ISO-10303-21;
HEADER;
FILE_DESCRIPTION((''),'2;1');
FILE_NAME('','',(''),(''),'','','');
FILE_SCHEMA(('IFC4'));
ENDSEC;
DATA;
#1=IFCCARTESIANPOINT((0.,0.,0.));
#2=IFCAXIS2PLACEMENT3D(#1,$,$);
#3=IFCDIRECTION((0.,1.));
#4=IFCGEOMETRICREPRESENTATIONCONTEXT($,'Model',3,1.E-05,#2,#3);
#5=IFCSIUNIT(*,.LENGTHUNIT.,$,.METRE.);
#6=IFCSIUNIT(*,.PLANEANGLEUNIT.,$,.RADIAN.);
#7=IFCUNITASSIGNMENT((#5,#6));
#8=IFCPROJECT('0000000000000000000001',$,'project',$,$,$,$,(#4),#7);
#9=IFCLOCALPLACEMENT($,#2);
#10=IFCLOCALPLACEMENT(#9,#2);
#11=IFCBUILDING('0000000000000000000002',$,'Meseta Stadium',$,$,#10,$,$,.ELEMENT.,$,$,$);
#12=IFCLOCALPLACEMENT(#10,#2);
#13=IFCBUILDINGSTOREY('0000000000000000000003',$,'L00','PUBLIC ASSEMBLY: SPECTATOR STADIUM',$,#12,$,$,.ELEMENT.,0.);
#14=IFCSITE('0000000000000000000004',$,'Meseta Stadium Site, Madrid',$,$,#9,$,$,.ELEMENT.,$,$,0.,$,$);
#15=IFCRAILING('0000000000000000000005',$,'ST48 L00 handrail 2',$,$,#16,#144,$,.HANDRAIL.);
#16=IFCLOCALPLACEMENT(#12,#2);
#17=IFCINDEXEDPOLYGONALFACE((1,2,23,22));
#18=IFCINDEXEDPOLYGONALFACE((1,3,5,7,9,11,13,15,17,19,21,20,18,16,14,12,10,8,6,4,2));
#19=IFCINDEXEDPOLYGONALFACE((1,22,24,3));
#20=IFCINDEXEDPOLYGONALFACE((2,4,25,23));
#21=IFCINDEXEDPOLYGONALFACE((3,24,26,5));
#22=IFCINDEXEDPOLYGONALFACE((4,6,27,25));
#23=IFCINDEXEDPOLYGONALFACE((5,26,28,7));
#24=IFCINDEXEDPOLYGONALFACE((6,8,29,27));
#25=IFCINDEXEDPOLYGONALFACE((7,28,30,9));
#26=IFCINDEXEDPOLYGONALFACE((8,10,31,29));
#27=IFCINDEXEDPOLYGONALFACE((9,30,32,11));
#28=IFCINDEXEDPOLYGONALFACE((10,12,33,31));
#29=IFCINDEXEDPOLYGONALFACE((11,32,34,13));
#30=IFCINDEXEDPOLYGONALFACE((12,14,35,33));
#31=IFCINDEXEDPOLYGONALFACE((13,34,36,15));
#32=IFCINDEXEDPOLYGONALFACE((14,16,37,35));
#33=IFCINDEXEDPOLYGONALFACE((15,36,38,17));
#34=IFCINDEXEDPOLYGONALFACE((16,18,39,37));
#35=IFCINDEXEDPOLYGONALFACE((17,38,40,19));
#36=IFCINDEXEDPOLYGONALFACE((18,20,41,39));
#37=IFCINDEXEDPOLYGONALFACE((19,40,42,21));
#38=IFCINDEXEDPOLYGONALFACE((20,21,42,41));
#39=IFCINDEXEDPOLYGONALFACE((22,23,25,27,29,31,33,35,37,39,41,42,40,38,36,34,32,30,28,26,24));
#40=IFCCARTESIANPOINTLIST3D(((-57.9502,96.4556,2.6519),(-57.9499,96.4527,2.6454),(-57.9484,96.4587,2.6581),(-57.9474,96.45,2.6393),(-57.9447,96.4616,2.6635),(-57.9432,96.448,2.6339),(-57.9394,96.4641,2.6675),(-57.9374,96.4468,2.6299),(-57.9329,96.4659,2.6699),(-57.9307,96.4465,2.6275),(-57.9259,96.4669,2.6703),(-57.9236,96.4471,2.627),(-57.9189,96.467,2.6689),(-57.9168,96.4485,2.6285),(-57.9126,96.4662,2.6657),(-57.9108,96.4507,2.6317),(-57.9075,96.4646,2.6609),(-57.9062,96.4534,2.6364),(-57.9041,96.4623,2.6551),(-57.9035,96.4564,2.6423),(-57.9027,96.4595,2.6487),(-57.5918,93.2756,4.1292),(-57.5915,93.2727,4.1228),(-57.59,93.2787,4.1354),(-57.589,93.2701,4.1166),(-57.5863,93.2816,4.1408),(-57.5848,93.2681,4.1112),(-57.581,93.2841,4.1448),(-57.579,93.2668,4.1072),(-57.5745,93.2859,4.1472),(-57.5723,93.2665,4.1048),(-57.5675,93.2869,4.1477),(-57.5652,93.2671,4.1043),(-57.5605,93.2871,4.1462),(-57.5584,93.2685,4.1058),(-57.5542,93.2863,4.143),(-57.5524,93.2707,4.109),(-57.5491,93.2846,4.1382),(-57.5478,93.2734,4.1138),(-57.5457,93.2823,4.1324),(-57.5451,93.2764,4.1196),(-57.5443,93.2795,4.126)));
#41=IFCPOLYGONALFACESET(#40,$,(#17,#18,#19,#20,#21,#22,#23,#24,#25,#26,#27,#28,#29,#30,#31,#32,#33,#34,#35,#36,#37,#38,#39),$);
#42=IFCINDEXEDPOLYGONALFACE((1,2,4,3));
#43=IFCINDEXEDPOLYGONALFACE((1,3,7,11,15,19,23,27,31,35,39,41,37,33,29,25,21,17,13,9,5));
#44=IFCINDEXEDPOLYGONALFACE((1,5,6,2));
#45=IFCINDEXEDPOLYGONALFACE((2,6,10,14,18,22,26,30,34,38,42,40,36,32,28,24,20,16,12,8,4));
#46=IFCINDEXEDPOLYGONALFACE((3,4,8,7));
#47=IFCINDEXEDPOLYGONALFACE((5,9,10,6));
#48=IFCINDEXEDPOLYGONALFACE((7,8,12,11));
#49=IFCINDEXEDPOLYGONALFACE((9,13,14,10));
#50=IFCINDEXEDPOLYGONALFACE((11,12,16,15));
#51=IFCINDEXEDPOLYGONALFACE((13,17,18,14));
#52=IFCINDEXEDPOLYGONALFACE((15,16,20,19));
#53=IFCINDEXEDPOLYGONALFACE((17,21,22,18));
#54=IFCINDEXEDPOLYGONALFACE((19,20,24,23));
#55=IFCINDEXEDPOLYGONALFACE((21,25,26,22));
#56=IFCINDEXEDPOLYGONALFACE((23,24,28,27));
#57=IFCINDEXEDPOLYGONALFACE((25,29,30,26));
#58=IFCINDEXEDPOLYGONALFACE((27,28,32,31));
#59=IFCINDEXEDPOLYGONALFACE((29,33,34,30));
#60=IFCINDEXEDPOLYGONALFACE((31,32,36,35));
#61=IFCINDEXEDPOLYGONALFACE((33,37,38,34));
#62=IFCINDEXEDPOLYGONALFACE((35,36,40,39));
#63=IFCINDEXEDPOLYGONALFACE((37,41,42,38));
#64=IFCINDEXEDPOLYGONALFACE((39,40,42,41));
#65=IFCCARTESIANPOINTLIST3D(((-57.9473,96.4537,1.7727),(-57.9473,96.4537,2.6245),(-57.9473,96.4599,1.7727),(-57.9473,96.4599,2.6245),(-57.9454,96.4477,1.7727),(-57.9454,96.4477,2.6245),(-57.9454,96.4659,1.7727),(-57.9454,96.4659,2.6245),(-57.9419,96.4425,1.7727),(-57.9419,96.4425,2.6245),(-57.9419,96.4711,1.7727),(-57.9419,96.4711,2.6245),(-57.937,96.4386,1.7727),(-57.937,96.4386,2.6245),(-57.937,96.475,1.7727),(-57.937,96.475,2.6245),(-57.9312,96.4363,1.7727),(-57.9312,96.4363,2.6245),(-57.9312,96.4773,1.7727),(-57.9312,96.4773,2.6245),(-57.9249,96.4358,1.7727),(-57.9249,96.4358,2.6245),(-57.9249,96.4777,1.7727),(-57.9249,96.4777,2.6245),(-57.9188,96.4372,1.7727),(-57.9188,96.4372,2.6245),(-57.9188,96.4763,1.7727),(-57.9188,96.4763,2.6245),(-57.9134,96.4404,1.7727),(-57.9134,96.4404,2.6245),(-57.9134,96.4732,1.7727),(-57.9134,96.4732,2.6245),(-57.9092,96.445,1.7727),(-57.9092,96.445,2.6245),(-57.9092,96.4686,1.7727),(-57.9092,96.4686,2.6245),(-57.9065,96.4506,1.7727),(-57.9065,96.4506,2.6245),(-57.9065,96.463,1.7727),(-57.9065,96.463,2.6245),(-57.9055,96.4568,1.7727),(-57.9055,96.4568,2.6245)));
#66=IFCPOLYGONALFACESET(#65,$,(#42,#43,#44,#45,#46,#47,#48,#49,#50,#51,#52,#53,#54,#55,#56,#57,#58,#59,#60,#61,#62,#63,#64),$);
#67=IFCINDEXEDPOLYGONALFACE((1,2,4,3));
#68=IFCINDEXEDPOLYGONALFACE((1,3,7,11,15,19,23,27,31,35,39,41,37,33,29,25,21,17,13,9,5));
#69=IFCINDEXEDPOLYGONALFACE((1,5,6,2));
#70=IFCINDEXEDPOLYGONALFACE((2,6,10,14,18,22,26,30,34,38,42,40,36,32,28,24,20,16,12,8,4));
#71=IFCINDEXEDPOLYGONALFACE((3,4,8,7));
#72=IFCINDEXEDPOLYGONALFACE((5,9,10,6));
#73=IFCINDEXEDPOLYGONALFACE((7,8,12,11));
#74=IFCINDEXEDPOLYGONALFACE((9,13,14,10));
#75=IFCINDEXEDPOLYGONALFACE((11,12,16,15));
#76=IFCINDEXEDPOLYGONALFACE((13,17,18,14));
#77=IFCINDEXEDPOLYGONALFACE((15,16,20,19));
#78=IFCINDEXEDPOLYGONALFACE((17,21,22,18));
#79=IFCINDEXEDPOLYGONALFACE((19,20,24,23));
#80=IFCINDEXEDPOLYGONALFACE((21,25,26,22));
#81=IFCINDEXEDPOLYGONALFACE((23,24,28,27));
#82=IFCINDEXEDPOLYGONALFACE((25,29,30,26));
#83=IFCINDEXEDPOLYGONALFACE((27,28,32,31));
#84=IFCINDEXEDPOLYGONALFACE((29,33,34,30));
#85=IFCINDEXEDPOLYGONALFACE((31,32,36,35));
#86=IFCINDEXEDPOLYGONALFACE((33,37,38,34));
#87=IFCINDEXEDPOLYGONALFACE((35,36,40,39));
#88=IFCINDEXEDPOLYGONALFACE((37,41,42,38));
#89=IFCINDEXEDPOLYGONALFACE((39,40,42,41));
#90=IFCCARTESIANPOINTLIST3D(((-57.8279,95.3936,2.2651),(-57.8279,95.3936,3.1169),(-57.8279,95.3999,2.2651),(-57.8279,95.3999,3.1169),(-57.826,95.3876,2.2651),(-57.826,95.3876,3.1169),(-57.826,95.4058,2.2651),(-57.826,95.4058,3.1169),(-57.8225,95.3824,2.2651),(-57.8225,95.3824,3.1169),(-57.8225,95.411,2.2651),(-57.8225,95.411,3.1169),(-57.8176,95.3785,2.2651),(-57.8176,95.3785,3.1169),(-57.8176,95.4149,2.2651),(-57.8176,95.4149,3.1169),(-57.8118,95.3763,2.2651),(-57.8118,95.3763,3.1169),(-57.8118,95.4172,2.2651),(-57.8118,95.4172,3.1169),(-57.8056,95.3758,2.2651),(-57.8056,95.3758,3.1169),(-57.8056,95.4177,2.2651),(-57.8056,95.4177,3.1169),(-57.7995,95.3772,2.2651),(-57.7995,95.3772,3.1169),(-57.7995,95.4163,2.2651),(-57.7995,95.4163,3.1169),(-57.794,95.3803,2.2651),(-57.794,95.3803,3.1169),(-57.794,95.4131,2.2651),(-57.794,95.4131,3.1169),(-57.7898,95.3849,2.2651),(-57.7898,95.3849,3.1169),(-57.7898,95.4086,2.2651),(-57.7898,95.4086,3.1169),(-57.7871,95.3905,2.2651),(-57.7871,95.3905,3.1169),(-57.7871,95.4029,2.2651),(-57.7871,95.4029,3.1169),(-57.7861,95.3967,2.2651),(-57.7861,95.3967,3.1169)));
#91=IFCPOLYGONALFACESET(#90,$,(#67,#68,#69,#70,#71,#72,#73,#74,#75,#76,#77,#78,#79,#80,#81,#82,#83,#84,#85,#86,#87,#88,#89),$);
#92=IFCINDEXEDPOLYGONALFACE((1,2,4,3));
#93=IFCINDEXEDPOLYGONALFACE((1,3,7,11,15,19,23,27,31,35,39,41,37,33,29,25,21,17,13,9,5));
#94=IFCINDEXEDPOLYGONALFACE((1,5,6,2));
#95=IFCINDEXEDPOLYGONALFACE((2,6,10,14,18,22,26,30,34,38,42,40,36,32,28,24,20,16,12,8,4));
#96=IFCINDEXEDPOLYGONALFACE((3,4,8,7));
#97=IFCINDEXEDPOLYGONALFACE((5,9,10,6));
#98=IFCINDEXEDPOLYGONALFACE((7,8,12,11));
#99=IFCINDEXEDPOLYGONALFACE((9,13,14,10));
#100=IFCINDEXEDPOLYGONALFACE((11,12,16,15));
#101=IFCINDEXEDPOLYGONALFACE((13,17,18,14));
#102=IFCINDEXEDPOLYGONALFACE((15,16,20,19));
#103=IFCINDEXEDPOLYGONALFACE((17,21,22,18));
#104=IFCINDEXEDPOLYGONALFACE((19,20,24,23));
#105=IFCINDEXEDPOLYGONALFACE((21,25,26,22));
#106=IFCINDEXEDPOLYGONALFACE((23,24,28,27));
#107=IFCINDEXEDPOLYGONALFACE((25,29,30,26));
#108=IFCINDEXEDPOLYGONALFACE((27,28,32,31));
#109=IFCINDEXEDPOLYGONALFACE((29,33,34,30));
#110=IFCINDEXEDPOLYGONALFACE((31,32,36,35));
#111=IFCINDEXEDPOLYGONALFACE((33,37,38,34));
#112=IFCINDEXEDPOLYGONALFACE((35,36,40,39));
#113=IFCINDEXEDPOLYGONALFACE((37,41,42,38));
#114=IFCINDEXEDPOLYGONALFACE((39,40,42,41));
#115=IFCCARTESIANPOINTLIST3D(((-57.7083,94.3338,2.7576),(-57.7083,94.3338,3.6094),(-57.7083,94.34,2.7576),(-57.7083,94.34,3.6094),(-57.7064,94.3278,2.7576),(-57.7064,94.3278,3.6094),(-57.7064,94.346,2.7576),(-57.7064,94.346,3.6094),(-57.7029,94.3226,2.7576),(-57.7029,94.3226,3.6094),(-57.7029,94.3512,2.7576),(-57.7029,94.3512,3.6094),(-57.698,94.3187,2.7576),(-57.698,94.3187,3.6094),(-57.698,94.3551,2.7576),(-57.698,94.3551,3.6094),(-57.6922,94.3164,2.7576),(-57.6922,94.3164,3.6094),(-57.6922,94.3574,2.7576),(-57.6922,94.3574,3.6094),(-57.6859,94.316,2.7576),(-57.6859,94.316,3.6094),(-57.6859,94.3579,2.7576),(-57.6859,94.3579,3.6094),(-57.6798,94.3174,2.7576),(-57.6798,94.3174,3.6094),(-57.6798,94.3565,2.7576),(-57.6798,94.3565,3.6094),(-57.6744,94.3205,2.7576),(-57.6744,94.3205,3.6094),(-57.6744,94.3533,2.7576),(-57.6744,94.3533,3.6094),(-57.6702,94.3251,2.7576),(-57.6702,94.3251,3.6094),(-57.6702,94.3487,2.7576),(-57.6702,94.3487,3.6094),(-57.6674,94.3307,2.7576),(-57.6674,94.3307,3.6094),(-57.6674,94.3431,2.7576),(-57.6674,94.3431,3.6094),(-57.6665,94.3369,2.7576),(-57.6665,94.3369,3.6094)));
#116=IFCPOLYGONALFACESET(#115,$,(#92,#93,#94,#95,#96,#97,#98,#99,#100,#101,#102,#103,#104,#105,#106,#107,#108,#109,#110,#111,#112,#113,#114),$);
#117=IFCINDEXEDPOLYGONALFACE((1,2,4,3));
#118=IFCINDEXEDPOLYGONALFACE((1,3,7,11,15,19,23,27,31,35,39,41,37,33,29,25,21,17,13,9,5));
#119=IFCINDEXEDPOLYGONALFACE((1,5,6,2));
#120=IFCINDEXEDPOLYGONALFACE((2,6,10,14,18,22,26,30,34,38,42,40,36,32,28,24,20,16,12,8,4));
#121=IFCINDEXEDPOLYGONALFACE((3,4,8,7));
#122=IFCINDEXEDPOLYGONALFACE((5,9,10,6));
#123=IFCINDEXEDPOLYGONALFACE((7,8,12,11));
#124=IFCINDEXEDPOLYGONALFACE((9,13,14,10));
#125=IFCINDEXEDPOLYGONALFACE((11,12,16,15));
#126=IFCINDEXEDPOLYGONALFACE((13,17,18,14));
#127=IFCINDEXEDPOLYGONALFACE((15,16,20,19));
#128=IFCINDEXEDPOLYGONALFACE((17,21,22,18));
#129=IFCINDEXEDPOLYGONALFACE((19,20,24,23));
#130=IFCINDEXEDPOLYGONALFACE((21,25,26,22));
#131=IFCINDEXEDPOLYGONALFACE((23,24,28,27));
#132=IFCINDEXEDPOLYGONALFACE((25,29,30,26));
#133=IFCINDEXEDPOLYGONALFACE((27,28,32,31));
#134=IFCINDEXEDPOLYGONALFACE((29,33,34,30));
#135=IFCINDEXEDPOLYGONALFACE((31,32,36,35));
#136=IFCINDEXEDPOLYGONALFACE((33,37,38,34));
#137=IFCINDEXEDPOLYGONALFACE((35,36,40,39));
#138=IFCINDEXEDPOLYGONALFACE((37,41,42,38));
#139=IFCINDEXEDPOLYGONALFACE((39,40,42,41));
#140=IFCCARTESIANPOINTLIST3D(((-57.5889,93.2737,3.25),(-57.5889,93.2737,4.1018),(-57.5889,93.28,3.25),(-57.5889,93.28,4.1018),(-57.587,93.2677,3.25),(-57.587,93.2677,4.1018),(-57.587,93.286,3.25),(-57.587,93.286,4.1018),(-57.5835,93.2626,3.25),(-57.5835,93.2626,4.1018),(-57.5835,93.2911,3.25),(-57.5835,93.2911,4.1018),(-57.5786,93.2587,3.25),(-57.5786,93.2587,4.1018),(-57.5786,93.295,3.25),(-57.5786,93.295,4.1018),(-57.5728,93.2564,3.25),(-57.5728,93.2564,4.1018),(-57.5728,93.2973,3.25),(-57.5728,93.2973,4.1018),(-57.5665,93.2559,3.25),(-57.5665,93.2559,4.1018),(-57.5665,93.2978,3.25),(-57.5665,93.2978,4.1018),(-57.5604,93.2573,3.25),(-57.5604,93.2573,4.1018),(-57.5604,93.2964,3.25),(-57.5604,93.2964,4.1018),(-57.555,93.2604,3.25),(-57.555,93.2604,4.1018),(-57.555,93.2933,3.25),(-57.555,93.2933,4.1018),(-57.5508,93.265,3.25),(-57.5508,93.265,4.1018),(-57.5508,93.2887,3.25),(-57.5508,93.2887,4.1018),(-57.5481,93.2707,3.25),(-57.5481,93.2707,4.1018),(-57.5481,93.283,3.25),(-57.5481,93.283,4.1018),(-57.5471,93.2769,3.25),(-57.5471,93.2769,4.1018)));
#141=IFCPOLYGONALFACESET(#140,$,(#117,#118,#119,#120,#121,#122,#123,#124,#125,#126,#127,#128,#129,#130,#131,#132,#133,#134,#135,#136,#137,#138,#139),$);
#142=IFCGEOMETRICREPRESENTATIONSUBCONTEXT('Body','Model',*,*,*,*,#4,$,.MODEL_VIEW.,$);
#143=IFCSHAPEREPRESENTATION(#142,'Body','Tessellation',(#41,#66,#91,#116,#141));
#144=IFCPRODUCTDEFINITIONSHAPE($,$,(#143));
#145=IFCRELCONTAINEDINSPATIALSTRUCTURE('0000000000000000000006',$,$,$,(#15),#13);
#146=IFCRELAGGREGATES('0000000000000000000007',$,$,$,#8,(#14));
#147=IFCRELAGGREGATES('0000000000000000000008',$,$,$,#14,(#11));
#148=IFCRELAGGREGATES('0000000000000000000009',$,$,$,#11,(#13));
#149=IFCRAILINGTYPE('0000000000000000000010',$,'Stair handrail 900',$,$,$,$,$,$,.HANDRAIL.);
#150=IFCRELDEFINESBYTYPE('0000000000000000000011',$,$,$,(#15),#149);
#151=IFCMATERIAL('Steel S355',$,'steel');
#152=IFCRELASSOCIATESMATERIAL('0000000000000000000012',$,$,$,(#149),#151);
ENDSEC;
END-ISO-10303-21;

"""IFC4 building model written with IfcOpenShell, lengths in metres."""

from ifc_helpers import new_model, si_unit, direction, frame, origin, origin_2d, place, context, subcontext, project, spatial, circle, extrude, material, type_object, element, save


model = new_model("IFC4")

# Units and contexts
model_context = context("Model", 3, precision=1e-05, world=origin(), true_north=direction((0.0, 1.0)))
body_context = subcontext(model_context, "Body", "Model", "MODEL_VIEW")
ifc_project = project(units=[si_unit("LENGTHUNIT", "METRE"), si_unit("PLANEANGLEUNIT", "RADIAN")], contexts=[model_context])

# Site, building, storey
site_placement = place(None, origin())
site = spatial("IfcSite", under=ifc_project, at=site_placement, Name="Meseta Stadium Site, Madrid", CompositionType="ELEMENT", RefElevation=0.0)
building_placement = place(site_placement, origin())
building = spatial("IfcBuilding", under=site, at=building_placement, Name="Meseta Stadium", CompositionType="ELEMENT")
storey_placement = place(building_placement, origin())
storey = spatial("IfcBuildingStorey", under=building, at=storey_placement, Name="L00", Description="PUBLIC ASSEMBLY: SPECTATOR STADIUM", CompositionType="ELEMENT", Elevation=0.0)

# Railing
ifc_material_1 = material(Name="Steel S355", Category="steel")
railing_type_1 = type_object("IfcRailingType", Name="Stair handrail 900", PredefinedType="HANDRAIL", material=ifc_material_1)
railing_1_placement = place(storey_placement, frame((-57.9265, 96.4568, 1.7727)))
element("IfcRailing", 1, at=railing_1_placement, inside=storey, type_object=railing_type_1, Name="ST48 L00 handrail 2", PredefinedType="HANDRAIL", context=body_context, shape_type="SweptSolid", body=[
    extrude(circle(Radius=0.0239, at=origin_2d()), frame((0.0, 0.0, 0.876), z_axis=(0.101685, -0.90221, 0.419138), x_axis=(0.993709, 0.111997, 0.0)), (0.0, 0.0, 1.0), 3.5247),
    extrude(circle(Radius=0.021, at=origin_2d()), origin(), (0.0, 0.0, 1.0), 0.8518),
    extrude(circle(Radius=0.021, at=origin_2d()), frame((0.1194, -1.0601, 0.4924)), (0.0, 0.0, 1.0), 0.8518),
    extrude(circle(Radius=0.021, at=origin_2d()), frame((0.239, -2.1199, 0.9849)), (0.0, 0.0, 1.0), 0.8518),
    extrude(circle(Radius=0.021, at=origin_2d()), frame((0.3584, -3.1799, 1.4773)), (0.0, 0.0, 1.0), 0.8518),
])

save(model, "model.ifc")
